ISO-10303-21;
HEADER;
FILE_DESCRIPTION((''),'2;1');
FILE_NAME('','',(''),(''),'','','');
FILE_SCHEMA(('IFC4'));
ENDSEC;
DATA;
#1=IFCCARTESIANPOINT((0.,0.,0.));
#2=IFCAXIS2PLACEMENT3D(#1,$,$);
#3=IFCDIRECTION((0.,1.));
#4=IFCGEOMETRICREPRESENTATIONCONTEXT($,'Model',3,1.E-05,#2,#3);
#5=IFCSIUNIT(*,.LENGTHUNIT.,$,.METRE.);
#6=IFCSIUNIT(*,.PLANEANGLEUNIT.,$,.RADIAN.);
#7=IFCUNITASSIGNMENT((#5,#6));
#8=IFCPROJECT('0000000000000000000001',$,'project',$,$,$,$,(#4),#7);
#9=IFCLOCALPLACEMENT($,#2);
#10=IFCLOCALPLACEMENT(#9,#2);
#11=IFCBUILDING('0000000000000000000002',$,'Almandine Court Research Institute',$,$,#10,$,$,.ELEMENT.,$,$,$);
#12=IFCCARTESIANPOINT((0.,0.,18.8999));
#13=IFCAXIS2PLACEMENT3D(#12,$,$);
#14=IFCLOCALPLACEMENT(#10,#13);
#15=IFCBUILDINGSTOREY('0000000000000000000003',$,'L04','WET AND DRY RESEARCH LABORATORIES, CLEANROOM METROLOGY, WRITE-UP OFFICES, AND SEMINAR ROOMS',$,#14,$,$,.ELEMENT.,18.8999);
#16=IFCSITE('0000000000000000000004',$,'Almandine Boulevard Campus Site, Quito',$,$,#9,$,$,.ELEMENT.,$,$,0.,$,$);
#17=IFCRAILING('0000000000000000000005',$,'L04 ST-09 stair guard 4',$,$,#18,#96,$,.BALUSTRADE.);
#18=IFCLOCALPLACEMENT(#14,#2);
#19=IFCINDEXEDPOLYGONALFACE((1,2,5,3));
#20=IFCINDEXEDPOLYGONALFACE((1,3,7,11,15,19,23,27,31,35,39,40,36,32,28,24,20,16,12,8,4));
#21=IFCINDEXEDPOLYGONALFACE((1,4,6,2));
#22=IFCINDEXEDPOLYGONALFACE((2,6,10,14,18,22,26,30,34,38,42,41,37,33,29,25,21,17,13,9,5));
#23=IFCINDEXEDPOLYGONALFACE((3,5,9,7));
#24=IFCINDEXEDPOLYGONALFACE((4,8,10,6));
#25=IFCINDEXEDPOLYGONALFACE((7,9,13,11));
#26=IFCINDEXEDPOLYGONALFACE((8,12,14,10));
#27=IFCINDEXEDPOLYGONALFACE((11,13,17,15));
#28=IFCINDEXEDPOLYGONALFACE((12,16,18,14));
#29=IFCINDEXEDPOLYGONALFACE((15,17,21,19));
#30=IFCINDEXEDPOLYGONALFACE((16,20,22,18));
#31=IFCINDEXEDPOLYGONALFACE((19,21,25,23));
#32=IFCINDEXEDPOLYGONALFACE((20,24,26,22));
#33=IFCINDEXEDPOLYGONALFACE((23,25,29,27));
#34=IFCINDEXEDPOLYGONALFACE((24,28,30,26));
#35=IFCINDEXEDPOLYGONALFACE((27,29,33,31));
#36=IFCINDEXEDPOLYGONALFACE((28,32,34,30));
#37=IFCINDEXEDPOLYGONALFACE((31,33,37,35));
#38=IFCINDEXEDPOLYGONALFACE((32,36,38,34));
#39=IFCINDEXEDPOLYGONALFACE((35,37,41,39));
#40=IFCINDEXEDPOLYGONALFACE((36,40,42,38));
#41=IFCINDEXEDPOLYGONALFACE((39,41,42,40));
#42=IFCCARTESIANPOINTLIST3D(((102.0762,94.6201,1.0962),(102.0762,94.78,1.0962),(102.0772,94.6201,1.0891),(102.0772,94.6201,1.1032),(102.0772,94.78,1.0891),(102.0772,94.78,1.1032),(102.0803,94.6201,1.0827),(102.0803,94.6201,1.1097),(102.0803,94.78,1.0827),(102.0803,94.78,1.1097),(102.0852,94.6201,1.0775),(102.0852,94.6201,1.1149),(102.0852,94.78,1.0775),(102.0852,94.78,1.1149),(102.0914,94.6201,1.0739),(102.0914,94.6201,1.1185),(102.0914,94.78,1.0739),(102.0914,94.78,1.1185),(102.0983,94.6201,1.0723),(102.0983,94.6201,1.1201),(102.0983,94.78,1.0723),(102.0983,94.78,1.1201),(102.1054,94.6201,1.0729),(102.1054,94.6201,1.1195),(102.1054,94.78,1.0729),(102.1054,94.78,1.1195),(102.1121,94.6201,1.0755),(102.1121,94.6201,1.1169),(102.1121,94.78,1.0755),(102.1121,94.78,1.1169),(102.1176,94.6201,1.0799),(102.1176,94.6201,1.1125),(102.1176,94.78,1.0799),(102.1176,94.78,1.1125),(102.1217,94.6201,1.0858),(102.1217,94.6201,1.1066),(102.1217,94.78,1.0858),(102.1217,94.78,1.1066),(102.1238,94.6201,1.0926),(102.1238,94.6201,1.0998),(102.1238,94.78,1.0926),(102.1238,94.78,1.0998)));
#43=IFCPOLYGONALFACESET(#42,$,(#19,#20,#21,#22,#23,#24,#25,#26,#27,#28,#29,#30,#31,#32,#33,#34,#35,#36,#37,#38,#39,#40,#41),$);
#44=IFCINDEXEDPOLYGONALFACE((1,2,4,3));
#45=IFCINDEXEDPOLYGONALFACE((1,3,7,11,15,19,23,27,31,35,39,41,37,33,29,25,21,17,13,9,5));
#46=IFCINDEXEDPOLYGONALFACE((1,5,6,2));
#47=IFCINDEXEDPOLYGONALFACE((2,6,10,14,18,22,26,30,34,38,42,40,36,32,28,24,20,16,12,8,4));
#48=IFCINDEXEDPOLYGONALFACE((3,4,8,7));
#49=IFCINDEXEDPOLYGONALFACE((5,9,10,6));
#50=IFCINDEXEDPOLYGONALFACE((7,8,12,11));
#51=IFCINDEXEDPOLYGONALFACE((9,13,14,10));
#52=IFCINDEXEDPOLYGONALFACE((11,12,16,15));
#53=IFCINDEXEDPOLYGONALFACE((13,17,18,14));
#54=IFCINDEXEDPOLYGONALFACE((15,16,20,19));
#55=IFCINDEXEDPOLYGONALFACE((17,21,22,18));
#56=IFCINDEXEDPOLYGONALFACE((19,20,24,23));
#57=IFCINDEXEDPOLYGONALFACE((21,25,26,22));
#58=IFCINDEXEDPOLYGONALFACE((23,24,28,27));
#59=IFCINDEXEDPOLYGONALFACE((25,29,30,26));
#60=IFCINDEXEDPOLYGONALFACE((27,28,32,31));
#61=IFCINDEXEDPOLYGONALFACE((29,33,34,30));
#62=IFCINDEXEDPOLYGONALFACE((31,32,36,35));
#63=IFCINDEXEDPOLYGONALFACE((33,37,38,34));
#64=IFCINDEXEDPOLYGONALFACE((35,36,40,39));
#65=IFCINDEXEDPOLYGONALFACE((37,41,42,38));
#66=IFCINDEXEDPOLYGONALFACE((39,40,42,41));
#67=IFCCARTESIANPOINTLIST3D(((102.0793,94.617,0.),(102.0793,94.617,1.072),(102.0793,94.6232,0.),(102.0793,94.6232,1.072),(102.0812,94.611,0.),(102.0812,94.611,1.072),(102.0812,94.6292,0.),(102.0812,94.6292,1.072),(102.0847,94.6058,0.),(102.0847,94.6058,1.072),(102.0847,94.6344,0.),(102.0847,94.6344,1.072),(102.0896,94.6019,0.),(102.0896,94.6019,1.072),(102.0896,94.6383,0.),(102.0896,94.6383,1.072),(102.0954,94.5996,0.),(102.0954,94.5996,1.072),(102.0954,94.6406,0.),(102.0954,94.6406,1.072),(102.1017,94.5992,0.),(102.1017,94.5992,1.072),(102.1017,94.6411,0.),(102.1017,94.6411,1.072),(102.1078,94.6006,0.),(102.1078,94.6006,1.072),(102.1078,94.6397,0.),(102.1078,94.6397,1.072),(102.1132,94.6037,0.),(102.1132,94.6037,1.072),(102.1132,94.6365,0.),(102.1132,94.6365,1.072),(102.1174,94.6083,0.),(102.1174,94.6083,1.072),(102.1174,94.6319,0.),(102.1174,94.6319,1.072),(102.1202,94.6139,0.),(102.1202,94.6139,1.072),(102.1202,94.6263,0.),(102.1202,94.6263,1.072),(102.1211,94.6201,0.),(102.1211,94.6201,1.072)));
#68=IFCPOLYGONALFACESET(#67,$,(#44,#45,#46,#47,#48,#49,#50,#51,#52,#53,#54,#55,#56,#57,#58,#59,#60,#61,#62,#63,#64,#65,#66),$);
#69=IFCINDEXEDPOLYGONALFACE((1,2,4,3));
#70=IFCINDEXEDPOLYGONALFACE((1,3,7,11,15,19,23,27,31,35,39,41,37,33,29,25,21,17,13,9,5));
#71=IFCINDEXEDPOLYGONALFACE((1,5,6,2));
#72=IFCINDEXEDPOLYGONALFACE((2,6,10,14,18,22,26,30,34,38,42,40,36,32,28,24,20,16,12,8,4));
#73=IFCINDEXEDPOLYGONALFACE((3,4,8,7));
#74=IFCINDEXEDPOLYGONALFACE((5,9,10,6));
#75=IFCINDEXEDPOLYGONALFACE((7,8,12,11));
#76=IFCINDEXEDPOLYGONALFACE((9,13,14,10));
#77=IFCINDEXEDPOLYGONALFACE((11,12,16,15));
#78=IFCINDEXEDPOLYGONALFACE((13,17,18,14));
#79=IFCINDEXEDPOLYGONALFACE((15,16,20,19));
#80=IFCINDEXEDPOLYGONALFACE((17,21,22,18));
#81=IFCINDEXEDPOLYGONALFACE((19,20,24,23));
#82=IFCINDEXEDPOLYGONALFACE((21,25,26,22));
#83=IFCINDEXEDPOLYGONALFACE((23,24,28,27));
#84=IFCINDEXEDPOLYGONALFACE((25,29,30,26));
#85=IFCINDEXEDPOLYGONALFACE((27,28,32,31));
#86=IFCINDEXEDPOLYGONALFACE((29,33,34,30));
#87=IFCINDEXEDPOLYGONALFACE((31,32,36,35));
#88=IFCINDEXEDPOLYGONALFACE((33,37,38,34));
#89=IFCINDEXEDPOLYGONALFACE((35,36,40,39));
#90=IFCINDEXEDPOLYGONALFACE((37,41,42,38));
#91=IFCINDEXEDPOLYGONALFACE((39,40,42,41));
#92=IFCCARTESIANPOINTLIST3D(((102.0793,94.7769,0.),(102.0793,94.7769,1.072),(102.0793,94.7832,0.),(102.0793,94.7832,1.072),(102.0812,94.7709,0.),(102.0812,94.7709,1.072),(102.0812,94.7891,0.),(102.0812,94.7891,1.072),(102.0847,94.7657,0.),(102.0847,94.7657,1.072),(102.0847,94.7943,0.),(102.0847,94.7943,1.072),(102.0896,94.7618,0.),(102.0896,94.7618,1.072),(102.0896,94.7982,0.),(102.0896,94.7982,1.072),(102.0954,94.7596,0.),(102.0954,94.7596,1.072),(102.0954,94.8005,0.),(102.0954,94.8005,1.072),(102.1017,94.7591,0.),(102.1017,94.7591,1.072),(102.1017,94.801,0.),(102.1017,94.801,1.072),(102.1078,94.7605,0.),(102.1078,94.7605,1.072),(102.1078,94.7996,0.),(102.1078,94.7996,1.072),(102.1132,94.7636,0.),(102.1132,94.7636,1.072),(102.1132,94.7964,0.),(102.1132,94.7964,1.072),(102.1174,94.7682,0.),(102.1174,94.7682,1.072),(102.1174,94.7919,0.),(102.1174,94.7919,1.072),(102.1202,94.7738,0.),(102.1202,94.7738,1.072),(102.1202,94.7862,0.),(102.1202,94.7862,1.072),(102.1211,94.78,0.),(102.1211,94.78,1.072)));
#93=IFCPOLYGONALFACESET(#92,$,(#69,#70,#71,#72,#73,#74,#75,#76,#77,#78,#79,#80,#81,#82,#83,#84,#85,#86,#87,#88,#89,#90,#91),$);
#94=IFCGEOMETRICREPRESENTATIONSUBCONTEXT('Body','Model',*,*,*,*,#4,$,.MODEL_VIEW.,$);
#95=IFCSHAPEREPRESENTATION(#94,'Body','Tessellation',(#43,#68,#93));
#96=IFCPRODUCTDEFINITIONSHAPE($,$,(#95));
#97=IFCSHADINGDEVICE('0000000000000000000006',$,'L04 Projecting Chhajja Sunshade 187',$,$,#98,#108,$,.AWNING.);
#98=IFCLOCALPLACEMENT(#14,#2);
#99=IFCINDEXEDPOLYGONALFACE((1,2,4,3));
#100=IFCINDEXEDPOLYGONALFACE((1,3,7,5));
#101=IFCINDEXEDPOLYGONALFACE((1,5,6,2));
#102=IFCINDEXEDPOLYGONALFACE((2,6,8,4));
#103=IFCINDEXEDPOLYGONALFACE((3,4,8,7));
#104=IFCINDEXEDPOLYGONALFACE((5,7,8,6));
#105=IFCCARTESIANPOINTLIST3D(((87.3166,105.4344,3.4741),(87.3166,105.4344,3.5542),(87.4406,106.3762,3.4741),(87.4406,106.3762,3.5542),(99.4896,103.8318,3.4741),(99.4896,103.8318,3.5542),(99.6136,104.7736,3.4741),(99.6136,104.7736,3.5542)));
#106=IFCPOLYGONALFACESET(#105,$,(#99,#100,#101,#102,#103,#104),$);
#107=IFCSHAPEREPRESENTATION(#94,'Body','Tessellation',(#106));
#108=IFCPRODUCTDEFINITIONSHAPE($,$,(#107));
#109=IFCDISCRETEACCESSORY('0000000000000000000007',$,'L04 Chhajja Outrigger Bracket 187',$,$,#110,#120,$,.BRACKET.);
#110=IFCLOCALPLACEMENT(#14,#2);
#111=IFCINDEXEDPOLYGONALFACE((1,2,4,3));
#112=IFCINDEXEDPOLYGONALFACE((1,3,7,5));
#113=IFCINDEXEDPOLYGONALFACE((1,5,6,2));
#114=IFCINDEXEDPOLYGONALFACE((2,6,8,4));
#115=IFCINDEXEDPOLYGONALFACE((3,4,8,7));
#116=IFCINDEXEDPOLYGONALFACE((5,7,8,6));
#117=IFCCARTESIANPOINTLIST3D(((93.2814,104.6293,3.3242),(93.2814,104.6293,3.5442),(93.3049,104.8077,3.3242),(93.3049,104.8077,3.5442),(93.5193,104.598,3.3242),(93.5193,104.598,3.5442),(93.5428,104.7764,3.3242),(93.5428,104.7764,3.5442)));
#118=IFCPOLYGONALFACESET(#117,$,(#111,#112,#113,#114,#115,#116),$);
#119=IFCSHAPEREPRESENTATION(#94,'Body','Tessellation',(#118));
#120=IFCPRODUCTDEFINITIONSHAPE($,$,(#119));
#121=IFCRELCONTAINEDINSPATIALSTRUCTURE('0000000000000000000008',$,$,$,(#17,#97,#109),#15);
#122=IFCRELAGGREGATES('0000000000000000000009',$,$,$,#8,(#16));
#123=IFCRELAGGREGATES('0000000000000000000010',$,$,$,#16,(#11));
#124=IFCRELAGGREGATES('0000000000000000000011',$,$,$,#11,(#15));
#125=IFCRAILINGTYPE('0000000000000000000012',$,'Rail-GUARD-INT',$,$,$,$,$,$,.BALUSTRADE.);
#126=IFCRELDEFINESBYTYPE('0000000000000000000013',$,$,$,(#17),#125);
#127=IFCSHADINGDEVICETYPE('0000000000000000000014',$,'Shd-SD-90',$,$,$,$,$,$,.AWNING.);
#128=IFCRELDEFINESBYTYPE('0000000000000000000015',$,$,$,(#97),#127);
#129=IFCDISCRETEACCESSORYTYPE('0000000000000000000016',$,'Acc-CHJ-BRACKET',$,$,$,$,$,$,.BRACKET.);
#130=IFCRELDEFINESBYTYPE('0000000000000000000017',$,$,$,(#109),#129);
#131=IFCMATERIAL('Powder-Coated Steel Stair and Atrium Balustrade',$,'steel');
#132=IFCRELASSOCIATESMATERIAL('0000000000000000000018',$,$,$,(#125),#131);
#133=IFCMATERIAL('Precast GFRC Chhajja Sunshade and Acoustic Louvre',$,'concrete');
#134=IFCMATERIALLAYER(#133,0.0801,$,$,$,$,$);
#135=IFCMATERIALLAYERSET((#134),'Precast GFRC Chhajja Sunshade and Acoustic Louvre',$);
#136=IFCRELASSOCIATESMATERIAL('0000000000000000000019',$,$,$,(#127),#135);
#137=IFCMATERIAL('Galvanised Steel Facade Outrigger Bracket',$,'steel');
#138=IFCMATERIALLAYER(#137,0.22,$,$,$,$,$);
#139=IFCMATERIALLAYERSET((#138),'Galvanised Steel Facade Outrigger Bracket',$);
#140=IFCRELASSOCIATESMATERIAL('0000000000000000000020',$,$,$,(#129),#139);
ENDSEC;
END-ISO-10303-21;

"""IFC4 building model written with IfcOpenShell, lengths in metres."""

from ifc_helpers import new_model, si_unit, direction, frame, origin, origin_2d, place, context, subcontext, project, spatial, rectangle, circle, extrude, material, layer, layer_set, type_object, element, save


model = new_model("IFC4")

# Units and contexts
model_context = context("Model", 3, precision=1e-05, world=origin(), true_north=direction((0.0, 1.0)))
body_context = subcontext(model_context, "Body", "Model", "MODEL_VIEW")
ifc_project = project(units=[si_unit("LENGTHUNIT", "METRE"), si_unit("PLANEANGLEUNIT", "RADIAN")], contexts=[model_context])

# Site, building, storey
site_placement = place(None, origin())
site = spatial("IfcSite", under=ifc_project, at=site_placement, Name="Almandine Boulevard Campus Site, Quito", CompositionType="ELEMENT", RefElevation=0.0)
building_placement = place(site_placement, origin())
building = spatial("IfcBuilding", under=site, at=building_placement, Name="Almandine Court Research Institute", CompositionType="ELEMENT")
storey_placement = place(building_placement, frame((0.0, 0.0, 18.8999)))
storey = spatial("IfcBuildingStorey", under=building, at=storey_placement, Name="L04", Description="WET AND DRY RESEARCH LABORATORIES, CLEANROOM METROLOGY, WRITE-UP OFFICES, AND SEMINAR ROOMS", CompositionType="ELEMENT", Elevation=18.8999)

# Railing
ifc_material_1 = material(Name="Powder-Coated Steel Stair and Atrium Balustrade", Category="steel")
railing_type = type_object("IfcRailingType", Name="Rail-GUARD-INT", PredefinedType="BALUSTRADE", material=ifc_material_1)
railing_1_placement = place(storey_placement, frame((102.1001, 94.6201, 0.0)))
element("IfcRailing", 1, at=railing_1_placement, inside=storey, type_object=railing_type, Name="L04 ST-09 stair guard 4", PredefinedType="BALUSTRADE", context=body_context, shape_type="SweptSolid", body=[
    extrude(circle(Radius=0.0239, at=origin_2d()), frame((0.0, 0.0, 1.0962), z_axis=(0.0, 1.0, 0.0), x_axis=(-1.0, 0.0, 0.0)), (0.0, 0.0, 1.0), 0.1599),
    extrude(circle(Radius=0.021, at=origin_2d()), origin(), (0.0, 0.0, 1.0), 1.072),
    extrude(circle(Radius=0.021, at=origin_2d()), frame((0.0, 0.1599, 0.0)), (0.0, 0.0, 1.0), 1.072),
])

# Shading device
ifc_material_2 = material(Name="Precast GFRC Chhajja Sunshade and Acoustic Louvre", Category="concrete")
ifc_layer_1 = layer(ifc_material_2, 0.0801)
ifc_layer_set_1 = layer_set([ifc_layer_1], Name="Precast GFRC Chhajja Sunshade and Acoustic Louvre")
shading_device_type = type_object("IfcShadingDeviceType", Name="Shd-SD-90", PredefinedType="AWNING", material=ifc_layer_set_1)
shading_device_placement = place(storey_placement, frame((93.4651, 105.104, 3.4741), z_axis=(0.0, 0.0, 1.0), x_axis=(0.991445, -0.130526, 0.0)))
element("IfcShadingDevice", 2, at=shading_device_placement, inside=storey, type_object=shading_device_type, Name="L04 Projecting Chhajja Sunshade 187", PredefinedType="AWNING", context=body_context, shape_type="SweptSolid", body=[
    extrude(rectangle(XDim=12.2781, YDim=0.95, at=origin_2d()), origin(), (0.0, 0.0, 1.0), 0.0801),
])

# Discrete accessory
ifc_material_3 = material(Name="Galvanised Steel Facade Outrigger Bracket", Category="steel")
ifc_layer_2 = layer(ifc_material_3, 0.22)
ifc_layer_set_2 = layer_set([ifc_layer_2], Name="Galvanised Steel Facade Outrigger Bracket")
discrete_accessory_type = type_object("IfcDiscreteAccessoryType", Name="Acc-CHJ-BRACKET", PredefinedType="BRACKET", material=ifc_layer_set_2)
discrete_accessory_placement = place(storey_placement, frame((93.4121, 104.7029, 3.3242), z_axis=(0.0, 0.0, 1.0), x_axis=(0.991445, -0.130526, 0.0)))
element("IfcDiscreteAccessory", 3, at=discrete_accessory_placement, inside=storey, type_object=discrete_accessory_type, Name="L04 Chhajja Outrigger Bracket 187", PredefinedType="BRACKET", context=body_context, shape_type="SweptSolid", body=[
    extrude(rectangle(XDim=0.24, YDim=0.1799, at=origin_2d()), origin(), (0.0, 0.0, 1.0), 0.22),
])

save(model, "model.ifc")
